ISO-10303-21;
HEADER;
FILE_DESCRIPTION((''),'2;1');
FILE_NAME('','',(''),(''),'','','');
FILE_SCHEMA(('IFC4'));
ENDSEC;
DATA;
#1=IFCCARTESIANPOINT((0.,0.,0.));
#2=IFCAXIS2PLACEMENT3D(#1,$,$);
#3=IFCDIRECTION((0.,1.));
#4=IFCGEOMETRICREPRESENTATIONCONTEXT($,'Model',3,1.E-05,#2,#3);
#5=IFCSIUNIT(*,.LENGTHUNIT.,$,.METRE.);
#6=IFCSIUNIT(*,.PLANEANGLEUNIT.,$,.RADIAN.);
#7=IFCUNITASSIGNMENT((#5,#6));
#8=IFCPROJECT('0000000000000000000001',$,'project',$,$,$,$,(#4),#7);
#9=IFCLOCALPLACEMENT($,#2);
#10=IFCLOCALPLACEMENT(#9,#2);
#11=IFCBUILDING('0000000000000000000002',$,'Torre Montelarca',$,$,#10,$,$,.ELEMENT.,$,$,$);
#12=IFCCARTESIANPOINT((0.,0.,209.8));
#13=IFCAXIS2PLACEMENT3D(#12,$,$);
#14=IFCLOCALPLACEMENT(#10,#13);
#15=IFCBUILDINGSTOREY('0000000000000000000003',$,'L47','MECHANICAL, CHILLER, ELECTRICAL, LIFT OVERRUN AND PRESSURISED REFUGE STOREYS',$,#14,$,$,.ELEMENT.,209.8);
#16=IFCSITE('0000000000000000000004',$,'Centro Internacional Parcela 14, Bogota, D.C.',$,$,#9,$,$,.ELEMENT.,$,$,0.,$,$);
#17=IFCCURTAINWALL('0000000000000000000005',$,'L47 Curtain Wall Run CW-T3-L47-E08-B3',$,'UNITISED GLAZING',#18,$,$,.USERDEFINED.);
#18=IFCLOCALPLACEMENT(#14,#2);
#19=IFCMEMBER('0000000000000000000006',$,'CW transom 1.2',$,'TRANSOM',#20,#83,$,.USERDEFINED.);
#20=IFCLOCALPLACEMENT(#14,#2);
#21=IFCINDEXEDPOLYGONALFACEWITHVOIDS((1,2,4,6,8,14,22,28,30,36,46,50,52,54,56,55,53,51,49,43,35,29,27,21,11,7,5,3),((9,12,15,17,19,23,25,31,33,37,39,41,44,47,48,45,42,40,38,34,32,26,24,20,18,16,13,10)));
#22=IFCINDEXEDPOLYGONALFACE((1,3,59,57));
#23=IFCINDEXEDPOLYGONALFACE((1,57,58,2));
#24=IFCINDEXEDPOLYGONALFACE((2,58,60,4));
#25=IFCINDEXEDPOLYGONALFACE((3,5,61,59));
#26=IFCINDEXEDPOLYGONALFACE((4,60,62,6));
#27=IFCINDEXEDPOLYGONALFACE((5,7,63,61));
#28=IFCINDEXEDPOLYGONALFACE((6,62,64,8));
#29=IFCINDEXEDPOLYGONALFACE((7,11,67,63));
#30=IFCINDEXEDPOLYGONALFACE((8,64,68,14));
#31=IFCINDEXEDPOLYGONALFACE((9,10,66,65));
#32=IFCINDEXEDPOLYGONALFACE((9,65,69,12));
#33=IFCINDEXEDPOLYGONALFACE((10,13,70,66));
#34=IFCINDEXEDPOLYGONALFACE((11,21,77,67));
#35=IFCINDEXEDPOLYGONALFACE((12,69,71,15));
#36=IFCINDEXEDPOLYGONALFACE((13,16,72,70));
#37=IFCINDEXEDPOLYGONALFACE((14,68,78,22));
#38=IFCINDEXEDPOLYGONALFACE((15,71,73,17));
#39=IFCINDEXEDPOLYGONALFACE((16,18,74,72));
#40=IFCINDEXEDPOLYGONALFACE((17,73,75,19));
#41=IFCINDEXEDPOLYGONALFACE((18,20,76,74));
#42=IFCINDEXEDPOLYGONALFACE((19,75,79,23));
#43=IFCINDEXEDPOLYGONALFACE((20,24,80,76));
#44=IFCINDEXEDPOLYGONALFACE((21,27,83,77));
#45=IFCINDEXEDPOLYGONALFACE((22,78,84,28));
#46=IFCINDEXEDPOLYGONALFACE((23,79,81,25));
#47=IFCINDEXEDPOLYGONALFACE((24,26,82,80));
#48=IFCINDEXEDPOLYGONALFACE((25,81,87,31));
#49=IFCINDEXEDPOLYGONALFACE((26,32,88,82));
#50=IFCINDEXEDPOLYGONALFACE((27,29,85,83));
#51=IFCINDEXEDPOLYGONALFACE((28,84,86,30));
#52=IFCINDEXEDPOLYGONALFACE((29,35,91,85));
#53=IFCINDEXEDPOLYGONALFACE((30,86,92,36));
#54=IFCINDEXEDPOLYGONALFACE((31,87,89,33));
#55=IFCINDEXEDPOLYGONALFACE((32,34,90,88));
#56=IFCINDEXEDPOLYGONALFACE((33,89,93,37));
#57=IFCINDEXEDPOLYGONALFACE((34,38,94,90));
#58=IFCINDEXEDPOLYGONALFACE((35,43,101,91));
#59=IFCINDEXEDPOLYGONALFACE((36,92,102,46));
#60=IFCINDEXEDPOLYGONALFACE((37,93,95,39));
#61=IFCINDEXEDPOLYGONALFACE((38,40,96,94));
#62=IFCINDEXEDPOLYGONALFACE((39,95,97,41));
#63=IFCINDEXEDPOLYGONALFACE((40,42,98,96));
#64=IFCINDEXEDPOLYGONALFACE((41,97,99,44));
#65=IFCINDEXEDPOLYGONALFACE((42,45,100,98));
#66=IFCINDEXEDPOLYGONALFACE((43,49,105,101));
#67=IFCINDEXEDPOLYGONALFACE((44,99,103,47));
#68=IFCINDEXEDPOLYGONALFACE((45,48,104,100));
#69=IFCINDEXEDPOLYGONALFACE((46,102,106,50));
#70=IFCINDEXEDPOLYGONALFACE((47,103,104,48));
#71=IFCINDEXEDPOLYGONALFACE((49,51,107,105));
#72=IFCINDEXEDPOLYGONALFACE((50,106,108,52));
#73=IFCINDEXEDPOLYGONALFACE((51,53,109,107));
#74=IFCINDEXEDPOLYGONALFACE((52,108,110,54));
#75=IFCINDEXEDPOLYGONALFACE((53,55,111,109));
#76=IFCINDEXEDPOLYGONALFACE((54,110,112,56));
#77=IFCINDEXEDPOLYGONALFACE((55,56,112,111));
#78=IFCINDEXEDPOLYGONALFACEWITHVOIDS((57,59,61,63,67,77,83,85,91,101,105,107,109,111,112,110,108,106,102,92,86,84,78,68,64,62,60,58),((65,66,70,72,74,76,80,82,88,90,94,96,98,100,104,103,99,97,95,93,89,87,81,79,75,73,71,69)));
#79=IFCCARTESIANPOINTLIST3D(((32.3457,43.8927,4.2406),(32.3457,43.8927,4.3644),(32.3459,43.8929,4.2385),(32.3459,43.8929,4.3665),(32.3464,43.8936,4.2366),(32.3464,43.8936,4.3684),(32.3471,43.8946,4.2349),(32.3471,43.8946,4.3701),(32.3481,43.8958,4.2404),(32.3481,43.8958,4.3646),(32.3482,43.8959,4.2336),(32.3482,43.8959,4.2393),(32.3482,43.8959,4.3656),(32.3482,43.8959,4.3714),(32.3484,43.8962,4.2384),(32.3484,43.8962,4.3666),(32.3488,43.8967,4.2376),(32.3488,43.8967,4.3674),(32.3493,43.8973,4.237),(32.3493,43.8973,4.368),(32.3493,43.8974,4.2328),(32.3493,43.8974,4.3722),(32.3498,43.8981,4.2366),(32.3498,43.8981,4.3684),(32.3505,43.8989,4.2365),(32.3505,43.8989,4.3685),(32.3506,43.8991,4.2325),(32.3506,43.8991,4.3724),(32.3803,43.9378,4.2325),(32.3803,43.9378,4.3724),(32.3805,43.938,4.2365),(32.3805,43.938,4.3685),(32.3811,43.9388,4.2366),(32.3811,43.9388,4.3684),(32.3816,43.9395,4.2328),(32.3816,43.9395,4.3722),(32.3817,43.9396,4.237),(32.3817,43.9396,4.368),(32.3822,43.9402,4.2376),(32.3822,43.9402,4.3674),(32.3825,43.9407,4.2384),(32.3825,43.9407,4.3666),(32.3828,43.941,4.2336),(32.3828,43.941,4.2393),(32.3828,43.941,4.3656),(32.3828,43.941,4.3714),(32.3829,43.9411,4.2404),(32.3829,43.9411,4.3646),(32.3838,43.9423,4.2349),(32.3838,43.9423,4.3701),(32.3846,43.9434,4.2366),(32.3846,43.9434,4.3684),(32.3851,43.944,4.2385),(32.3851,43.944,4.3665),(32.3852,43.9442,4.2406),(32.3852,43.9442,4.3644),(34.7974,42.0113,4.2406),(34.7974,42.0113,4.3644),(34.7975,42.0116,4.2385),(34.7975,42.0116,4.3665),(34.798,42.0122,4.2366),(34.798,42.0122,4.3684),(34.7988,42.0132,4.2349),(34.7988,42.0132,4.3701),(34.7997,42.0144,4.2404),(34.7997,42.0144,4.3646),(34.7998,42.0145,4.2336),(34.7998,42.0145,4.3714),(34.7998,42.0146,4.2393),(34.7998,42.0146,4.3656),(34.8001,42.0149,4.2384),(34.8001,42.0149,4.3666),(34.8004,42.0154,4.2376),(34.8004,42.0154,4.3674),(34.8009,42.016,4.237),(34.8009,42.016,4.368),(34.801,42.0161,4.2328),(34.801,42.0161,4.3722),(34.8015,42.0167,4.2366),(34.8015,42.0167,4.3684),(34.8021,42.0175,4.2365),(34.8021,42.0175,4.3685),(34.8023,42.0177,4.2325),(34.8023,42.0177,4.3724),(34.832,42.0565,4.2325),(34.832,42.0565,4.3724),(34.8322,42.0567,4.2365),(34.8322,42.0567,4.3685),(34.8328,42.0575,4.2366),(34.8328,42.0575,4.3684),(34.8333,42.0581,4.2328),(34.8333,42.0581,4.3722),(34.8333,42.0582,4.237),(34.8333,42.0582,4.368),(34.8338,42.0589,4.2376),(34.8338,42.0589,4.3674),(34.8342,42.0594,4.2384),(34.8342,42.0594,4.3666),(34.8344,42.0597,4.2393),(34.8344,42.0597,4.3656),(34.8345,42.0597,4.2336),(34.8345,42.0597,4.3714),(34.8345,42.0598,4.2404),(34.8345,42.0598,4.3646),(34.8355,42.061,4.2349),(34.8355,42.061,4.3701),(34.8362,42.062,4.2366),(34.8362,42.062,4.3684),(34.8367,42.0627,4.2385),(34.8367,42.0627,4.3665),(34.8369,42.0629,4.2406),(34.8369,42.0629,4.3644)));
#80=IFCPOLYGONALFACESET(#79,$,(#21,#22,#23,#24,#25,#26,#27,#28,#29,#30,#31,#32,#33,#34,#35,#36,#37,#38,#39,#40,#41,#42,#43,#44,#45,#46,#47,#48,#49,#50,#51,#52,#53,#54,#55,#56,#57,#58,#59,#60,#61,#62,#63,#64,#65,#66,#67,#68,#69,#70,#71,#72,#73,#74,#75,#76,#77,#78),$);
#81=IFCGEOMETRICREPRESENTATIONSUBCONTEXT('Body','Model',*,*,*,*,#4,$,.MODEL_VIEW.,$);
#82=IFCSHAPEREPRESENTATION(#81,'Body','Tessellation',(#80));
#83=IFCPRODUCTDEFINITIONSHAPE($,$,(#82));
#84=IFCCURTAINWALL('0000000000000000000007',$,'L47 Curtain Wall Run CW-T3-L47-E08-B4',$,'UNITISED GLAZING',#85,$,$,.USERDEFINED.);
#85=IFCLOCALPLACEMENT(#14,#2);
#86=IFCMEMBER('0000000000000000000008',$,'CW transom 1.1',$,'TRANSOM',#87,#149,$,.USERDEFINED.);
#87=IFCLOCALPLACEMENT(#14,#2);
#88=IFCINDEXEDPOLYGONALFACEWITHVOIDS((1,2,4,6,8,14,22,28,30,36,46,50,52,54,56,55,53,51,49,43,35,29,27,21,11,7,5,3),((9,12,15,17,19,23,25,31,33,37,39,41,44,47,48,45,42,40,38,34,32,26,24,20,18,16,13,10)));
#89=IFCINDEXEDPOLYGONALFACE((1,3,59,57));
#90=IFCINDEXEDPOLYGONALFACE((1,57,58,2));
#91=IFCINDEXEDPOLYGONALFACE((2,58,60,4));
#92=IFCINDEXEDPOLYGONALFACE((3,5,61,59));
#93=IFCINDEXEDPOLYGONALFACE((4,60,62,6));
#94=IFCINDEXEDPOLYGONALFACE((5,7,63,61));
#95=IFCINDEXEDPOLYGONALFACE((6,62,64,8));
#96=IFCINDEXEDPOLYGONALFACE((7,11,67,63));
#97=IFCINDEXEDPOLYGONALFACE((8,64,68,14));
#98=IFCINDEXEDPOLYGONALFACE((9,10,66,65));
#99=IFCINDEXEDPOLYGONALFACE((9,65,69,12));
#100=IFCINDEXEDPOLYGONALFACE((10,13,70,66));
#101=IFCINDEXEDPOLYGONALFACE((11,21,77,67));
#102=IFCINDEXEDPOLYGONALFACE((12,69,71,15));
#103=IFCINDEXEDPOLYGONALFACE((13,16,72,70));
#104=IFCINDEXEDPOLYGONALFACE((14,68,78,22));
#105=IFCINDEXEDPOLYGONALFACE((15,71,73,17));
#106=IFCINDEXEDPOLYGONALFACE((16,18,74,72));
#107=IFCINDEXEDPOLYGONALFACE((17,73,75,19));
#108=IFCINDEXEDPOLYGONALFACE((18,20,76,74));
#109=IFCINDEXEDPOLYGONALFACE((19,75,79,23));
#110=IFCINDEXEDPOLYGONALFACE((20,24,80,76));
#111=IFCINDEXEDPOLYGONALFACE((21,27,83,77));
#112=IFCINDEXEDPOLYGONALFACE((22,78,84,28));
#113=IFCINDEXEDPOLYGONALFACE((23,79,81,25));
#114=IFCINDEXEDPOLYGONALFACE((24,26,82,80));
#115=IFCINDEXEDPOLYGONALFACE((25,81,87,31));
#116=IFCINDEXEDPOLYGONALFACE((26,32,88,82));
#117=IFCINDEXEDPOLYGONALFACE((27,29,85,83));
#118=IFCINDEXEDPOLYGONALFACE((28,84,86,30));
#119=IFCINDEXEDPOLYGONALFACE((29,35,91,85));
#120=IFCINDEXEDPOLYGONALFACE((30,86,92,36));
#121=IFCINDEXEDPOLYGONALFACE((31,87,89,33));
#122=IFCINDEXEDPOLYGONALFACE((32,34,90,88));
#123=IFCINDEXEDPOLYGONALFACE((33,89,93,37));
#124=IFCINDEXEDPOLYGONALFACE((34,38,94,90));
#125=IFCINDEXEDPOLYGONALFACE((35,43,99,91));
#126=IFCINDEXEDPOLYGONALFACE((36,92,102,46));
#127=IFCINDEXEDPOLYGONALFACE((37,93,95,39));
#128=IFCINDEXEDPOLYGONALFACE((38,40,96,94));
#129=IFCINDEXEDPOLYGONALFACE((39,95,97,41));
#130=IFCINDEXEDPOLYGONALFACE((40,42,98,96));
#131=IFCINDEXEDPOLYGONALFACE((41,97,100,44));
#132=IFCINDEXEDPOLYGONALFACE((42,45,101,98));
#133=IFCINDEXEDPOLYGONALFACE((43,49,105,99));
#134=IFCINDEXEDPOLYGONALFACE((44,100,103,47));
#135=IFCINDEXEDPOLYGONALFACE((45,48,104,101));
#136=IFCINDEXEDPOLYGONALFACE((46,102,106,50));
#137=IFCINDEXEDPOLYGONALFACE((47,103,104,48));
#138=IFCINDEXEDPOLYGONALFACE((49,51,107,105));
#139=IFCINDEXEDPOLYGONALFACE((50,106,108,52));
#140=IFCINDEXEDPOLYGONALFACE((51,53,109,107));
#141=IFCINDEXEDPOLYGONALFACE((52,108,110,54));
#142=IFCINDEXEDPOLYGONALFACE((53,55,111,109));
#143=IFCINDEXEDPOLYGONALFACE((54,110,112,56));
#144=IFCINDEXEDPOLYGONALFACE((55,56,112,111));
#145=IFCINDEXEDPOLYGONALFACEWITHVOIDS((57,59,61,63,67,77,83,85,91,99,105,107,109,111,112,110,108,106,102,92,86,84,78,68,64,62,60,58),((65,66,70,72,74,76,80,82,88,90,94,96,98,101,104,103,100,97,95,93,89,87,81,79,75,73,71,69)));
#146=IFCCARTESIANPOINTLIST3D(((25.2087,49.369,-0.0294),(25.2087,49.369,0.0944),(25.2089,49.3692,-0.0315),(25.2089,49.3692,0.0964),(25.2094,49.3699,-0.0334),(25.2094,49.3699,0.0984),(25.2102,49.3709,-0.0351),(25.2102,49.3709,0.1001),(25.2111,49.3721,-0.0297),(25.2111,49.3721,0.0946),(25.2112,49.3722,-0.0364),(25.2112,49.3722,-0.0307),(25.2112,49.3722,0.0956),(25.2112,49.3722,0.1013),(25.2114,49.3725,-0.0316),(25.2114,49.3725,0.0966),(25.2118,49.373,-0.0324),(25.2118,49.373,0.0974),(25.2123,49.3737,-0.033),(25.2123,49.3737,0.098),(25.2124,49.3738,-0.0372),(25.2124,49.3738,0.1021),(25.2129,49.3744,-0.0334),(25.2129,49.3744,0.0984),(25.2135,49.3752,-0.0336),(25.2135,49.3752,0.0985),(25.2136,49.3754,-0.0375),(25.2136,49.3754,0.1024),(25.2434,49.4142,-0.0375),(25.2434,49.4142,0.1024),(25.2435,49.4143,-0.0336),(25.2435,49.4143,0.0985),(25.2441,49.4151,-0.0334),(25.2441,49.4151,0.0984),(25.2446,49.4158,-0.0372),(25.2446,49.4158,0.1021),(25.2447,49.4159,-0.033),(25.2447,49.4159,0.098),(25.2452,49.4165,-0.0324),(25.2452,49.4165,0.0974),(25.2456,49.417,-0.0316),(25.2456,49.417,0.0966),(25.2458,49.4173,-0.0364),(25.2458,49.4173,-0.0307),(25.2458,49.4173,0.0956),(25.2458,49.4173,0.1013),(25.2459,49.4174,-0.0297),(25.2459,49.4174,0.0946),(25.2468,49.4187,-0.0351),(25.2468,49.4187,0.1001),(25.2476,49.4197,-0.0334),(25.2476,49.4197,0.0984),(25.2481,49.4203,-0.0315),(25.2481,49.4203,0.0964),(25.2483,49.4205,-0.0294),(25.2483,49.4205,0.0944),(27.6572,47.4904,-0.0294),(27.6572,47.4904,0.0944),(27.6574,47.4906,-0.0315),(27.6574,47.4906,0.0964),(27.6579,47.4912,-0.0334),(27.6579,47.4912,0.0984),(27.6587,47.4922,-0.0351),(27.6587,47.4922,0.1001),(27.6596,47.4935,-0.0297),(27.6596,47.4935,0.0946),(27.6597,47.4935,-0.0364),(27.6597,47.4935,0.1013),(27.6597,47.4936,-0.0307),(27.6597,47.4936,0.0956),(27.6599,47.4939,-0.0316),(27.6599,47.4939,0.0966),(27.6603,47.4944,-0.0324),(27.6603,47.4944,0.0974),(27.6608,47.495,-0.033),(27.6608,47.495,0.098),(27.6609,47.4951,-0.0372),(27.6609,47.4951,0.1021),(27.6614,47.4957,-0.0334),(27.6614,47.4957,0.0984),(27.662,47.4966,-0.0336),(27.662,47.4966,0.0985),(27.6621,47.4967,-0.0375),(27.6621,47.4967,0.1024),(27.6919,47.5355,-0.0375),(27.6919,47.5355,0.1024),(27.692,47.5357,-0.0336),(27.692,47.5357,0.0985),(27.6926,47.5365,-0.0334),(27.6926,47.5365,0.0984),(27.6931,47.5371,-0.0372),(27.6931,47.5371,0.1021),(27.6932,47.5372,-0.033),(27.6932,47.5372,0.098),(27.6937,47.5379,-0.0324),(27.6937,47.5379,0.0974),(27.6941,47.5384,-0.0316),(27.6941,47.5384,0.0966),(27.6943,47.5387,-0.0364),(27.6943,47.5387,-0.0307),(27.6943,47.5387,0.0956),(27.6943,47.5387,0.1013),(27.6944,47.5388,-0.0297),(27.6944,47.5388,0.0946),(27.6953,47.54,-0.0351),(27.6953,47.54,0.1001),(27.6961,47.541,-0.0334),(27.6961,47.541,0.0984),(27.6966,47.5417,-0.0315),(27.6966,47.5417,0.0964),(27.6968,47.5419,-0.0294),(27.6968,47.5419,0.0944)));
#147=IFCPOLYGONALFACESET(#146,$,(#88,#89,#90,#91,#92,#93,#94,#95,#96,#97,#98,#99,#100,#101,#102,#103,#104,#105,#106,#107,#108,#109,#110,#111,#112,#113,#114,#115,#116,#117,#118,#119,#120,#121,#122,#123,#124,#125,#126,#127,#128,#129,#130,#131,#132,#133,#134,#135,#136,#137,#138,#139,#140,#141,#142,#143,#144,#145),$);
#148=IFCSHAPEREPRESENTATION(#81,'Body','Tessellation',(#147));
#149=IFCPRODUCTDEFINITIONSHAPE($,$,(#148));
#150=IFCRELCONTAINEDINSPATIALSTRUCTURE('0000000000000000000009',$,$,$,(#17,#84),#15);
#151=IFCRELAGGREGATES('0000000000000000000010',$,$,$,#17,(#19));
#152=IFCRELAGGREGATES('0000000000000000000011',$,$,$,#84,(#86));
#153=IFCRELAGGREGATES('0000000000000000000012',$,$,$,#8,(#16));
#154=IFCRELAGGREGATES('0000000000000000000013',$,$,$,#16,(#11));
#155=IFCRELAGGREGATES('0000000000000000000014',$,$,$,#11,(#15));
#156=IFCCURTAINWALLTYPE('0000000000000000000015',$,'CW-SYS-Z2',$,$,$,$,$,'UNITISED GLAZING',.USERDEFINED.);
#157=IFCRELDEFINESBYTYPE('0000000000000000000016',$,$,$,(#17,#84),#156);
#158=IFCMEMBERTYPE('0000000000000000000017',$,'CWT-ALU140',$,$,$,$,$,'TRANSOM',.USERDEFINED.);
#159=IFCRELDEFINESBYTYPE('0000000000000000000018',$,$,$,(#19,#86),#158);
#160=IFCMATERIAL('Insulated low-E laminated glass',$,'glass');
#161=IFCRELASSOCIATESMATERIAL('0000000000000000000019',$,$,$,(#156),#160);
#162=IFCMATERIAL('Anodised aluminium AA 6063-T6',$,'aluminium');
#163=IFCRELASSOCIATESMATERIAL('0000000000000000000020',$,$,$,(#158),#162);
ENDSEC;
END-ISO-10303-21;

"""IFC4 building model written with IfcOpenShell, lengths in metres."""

from ifc_helpers import new_model, si_unit, direction, frame, origin, origin_2d, place, context, subcontext, project, spatial, hollow_rectangle, extrude, source, transform, mapped, material, material_profile, profile_set, type_object, element, aggregate, save


model = new_model("IFC4")

# Units and contexts
model_context = context("Model", 3, precision=1e-05, world=origin(), true_north=direction((0.0, 1.0)))
body_context = subcontext(model_context, "Body", "Model", "MODEL_VIEW")
ifc_project = project(units=[si_unit("LENGTHUNIT", "METRE"), si_unit("PLANEANGLEUNIT", "RADIAN")], contexts=[model_context])

# Site, building, storey
site_placement = place(None, origin())
site = spatial("IfcSite", under=ifc_project, at=site_placement, Name="Centro Internacional Parcela 14, Bogota, D.C.", CompositionType="ELEMENT", RefElevation=0.0)
building_placement = place(site_placement, origin())
building = spatial("IfcBuilding", under=site, at=building_placement, Name="Torre Montelarca", CompositionType="ELEMENT")
storey_placement = place(building_placement, frame((0.0, 0.0, 209.8)))
storey = spatial("IfcBuildingStorey", under=building, at=storey_placement, Name="L47", Description="MECHANICAL, CHILLER, ELECTRICAL, LIFT OVERRUN AND PRESSURISED REFUGE STOREYS", CompositionType="ELEMENT", Elevation=209.8)

# Curtain walls, members
ifc_material_1 = material(Name="Insulated low-E laminated glass", Category="glass")
curtain_wall_type = type_object("IfcCurtainWallType", Name="CW-SYS-Z2", ElementType="UNITISED GLAZING", PredefinedType="USERDEFINED", material=ifc_material_1)
curtain_wall_1_placement = place(storey_placement, origin())
curtain_wall_1 = element("IfcCurtainWall", 1, at=curtain_wall_1_placement, inside=storey, type_object=curtain_wall_type, Name="L47 Curtain Wall Run CW-T3-L47-E08-B3", ObjectType="UNITISED GLAZING", PredefinedType="USERDEFINED")
ifc_material_2 = material(Name="Anodised aluminium AA 6063-T6", Category="aluminium")
ifc_material_profile_1 = material_profile(ifc_material_2, hollow_rectangle(XDim=0.0649, YDim=0.1399, WallThickness=0.0039, InnerFilletRadius=0.0039, OuterFilletRadius=0.0081, at=origin_2d()), Name="ALU65X140X4", Category="aluminium")
ifc_profile_set_1 = profile_set([ifc_material_profile_1], Name="Anodised aluminium AA 6063-T6")
member_type_1 = type_object("IfcMemberType", Name="CWT-ALU140", ElementType="TRANSOM", PredefinedType="USERDEFINED", material=ifc_profile_set_1)
shared_shape_1 = source(origin(), body_context, "Body", "SweptSolid", [
    extrude(hollow_rectangle(XDim=0.0649, YDim=0.1399, WallThickness=0.0039, InnerFilletRadius=0.0039, OuterFilletRadius=0.0081, at=origin_2d()), origin(), (0.0, 0.0, 1.0), 3.0903),
])
member_1_placement = place(storey_placement, frame((34.8171, 42.0371, 4.3025), z_axis=(-0.793334, 0.608786, 0.0), x_axis=(-0.608786, -0.793334, 0.0)))
member_1 = element("IfcMember", 2, at=member_1_placement, type_object=member_type_1, Name="CW transom 1.2", ObjectType="TRANSOM", PredefinedType="USERDEFINED", context=body_context, shape_type="MappedRepresentation", body=[
    mapped(shared_shape_1, transform((0.0, 0.0, 0.0), scale=1.0)),
])
curtain_wall_2_placement = place(storey_placement, origin())
curtain_wall_2 = element("IfcCurtainWall", 3, at=curtain_wall_2_placement, inside=storey, type_object=curtain_wall_type, Name="L47 Curtain Wall Run CW-T3-L47-E08-B4", ObjectType="UNITISED GLAZING", PredefinedType="USERDEFINED")
shared_shape_2 = source(origin(), body_context, "Body", "SweptSolid", [
    extrude(hollow_rectangle(XDim=0.0649, YDim=0.1399, WallThickness=0.0039, InnerFilletRadius=0.0039, OuterFilletRadius=0.0081, at=origin_2d()), origin(), (0.0, 0.0, 1.0), 3.0862),
])
member_2_placement = place(storey_placement, frame((27.677, 47.5161, 0.0325), z_axis=(-0.793373, 0.608735, 0.0), x_axis=(-0.608735, -0.793373, 0.0)))
member_2 = element("IfcMember", 4, at=member_2_placement, type_object=member_type_1, Name="CW transom 1.1", ObjectType="TRANSOM", PredefinedType="USERDEFINED", context=body_context, shape_type="MappedRepresentation", body=[
    mapped(shared_shape_2, transform((0.0, 0.0, 0.0), scale=1.0)),
])

aggregate(curtain_wall_1, [member_1])
aggregate(curtain_wall_2, [member_2])

save(model, "model.ifc")
